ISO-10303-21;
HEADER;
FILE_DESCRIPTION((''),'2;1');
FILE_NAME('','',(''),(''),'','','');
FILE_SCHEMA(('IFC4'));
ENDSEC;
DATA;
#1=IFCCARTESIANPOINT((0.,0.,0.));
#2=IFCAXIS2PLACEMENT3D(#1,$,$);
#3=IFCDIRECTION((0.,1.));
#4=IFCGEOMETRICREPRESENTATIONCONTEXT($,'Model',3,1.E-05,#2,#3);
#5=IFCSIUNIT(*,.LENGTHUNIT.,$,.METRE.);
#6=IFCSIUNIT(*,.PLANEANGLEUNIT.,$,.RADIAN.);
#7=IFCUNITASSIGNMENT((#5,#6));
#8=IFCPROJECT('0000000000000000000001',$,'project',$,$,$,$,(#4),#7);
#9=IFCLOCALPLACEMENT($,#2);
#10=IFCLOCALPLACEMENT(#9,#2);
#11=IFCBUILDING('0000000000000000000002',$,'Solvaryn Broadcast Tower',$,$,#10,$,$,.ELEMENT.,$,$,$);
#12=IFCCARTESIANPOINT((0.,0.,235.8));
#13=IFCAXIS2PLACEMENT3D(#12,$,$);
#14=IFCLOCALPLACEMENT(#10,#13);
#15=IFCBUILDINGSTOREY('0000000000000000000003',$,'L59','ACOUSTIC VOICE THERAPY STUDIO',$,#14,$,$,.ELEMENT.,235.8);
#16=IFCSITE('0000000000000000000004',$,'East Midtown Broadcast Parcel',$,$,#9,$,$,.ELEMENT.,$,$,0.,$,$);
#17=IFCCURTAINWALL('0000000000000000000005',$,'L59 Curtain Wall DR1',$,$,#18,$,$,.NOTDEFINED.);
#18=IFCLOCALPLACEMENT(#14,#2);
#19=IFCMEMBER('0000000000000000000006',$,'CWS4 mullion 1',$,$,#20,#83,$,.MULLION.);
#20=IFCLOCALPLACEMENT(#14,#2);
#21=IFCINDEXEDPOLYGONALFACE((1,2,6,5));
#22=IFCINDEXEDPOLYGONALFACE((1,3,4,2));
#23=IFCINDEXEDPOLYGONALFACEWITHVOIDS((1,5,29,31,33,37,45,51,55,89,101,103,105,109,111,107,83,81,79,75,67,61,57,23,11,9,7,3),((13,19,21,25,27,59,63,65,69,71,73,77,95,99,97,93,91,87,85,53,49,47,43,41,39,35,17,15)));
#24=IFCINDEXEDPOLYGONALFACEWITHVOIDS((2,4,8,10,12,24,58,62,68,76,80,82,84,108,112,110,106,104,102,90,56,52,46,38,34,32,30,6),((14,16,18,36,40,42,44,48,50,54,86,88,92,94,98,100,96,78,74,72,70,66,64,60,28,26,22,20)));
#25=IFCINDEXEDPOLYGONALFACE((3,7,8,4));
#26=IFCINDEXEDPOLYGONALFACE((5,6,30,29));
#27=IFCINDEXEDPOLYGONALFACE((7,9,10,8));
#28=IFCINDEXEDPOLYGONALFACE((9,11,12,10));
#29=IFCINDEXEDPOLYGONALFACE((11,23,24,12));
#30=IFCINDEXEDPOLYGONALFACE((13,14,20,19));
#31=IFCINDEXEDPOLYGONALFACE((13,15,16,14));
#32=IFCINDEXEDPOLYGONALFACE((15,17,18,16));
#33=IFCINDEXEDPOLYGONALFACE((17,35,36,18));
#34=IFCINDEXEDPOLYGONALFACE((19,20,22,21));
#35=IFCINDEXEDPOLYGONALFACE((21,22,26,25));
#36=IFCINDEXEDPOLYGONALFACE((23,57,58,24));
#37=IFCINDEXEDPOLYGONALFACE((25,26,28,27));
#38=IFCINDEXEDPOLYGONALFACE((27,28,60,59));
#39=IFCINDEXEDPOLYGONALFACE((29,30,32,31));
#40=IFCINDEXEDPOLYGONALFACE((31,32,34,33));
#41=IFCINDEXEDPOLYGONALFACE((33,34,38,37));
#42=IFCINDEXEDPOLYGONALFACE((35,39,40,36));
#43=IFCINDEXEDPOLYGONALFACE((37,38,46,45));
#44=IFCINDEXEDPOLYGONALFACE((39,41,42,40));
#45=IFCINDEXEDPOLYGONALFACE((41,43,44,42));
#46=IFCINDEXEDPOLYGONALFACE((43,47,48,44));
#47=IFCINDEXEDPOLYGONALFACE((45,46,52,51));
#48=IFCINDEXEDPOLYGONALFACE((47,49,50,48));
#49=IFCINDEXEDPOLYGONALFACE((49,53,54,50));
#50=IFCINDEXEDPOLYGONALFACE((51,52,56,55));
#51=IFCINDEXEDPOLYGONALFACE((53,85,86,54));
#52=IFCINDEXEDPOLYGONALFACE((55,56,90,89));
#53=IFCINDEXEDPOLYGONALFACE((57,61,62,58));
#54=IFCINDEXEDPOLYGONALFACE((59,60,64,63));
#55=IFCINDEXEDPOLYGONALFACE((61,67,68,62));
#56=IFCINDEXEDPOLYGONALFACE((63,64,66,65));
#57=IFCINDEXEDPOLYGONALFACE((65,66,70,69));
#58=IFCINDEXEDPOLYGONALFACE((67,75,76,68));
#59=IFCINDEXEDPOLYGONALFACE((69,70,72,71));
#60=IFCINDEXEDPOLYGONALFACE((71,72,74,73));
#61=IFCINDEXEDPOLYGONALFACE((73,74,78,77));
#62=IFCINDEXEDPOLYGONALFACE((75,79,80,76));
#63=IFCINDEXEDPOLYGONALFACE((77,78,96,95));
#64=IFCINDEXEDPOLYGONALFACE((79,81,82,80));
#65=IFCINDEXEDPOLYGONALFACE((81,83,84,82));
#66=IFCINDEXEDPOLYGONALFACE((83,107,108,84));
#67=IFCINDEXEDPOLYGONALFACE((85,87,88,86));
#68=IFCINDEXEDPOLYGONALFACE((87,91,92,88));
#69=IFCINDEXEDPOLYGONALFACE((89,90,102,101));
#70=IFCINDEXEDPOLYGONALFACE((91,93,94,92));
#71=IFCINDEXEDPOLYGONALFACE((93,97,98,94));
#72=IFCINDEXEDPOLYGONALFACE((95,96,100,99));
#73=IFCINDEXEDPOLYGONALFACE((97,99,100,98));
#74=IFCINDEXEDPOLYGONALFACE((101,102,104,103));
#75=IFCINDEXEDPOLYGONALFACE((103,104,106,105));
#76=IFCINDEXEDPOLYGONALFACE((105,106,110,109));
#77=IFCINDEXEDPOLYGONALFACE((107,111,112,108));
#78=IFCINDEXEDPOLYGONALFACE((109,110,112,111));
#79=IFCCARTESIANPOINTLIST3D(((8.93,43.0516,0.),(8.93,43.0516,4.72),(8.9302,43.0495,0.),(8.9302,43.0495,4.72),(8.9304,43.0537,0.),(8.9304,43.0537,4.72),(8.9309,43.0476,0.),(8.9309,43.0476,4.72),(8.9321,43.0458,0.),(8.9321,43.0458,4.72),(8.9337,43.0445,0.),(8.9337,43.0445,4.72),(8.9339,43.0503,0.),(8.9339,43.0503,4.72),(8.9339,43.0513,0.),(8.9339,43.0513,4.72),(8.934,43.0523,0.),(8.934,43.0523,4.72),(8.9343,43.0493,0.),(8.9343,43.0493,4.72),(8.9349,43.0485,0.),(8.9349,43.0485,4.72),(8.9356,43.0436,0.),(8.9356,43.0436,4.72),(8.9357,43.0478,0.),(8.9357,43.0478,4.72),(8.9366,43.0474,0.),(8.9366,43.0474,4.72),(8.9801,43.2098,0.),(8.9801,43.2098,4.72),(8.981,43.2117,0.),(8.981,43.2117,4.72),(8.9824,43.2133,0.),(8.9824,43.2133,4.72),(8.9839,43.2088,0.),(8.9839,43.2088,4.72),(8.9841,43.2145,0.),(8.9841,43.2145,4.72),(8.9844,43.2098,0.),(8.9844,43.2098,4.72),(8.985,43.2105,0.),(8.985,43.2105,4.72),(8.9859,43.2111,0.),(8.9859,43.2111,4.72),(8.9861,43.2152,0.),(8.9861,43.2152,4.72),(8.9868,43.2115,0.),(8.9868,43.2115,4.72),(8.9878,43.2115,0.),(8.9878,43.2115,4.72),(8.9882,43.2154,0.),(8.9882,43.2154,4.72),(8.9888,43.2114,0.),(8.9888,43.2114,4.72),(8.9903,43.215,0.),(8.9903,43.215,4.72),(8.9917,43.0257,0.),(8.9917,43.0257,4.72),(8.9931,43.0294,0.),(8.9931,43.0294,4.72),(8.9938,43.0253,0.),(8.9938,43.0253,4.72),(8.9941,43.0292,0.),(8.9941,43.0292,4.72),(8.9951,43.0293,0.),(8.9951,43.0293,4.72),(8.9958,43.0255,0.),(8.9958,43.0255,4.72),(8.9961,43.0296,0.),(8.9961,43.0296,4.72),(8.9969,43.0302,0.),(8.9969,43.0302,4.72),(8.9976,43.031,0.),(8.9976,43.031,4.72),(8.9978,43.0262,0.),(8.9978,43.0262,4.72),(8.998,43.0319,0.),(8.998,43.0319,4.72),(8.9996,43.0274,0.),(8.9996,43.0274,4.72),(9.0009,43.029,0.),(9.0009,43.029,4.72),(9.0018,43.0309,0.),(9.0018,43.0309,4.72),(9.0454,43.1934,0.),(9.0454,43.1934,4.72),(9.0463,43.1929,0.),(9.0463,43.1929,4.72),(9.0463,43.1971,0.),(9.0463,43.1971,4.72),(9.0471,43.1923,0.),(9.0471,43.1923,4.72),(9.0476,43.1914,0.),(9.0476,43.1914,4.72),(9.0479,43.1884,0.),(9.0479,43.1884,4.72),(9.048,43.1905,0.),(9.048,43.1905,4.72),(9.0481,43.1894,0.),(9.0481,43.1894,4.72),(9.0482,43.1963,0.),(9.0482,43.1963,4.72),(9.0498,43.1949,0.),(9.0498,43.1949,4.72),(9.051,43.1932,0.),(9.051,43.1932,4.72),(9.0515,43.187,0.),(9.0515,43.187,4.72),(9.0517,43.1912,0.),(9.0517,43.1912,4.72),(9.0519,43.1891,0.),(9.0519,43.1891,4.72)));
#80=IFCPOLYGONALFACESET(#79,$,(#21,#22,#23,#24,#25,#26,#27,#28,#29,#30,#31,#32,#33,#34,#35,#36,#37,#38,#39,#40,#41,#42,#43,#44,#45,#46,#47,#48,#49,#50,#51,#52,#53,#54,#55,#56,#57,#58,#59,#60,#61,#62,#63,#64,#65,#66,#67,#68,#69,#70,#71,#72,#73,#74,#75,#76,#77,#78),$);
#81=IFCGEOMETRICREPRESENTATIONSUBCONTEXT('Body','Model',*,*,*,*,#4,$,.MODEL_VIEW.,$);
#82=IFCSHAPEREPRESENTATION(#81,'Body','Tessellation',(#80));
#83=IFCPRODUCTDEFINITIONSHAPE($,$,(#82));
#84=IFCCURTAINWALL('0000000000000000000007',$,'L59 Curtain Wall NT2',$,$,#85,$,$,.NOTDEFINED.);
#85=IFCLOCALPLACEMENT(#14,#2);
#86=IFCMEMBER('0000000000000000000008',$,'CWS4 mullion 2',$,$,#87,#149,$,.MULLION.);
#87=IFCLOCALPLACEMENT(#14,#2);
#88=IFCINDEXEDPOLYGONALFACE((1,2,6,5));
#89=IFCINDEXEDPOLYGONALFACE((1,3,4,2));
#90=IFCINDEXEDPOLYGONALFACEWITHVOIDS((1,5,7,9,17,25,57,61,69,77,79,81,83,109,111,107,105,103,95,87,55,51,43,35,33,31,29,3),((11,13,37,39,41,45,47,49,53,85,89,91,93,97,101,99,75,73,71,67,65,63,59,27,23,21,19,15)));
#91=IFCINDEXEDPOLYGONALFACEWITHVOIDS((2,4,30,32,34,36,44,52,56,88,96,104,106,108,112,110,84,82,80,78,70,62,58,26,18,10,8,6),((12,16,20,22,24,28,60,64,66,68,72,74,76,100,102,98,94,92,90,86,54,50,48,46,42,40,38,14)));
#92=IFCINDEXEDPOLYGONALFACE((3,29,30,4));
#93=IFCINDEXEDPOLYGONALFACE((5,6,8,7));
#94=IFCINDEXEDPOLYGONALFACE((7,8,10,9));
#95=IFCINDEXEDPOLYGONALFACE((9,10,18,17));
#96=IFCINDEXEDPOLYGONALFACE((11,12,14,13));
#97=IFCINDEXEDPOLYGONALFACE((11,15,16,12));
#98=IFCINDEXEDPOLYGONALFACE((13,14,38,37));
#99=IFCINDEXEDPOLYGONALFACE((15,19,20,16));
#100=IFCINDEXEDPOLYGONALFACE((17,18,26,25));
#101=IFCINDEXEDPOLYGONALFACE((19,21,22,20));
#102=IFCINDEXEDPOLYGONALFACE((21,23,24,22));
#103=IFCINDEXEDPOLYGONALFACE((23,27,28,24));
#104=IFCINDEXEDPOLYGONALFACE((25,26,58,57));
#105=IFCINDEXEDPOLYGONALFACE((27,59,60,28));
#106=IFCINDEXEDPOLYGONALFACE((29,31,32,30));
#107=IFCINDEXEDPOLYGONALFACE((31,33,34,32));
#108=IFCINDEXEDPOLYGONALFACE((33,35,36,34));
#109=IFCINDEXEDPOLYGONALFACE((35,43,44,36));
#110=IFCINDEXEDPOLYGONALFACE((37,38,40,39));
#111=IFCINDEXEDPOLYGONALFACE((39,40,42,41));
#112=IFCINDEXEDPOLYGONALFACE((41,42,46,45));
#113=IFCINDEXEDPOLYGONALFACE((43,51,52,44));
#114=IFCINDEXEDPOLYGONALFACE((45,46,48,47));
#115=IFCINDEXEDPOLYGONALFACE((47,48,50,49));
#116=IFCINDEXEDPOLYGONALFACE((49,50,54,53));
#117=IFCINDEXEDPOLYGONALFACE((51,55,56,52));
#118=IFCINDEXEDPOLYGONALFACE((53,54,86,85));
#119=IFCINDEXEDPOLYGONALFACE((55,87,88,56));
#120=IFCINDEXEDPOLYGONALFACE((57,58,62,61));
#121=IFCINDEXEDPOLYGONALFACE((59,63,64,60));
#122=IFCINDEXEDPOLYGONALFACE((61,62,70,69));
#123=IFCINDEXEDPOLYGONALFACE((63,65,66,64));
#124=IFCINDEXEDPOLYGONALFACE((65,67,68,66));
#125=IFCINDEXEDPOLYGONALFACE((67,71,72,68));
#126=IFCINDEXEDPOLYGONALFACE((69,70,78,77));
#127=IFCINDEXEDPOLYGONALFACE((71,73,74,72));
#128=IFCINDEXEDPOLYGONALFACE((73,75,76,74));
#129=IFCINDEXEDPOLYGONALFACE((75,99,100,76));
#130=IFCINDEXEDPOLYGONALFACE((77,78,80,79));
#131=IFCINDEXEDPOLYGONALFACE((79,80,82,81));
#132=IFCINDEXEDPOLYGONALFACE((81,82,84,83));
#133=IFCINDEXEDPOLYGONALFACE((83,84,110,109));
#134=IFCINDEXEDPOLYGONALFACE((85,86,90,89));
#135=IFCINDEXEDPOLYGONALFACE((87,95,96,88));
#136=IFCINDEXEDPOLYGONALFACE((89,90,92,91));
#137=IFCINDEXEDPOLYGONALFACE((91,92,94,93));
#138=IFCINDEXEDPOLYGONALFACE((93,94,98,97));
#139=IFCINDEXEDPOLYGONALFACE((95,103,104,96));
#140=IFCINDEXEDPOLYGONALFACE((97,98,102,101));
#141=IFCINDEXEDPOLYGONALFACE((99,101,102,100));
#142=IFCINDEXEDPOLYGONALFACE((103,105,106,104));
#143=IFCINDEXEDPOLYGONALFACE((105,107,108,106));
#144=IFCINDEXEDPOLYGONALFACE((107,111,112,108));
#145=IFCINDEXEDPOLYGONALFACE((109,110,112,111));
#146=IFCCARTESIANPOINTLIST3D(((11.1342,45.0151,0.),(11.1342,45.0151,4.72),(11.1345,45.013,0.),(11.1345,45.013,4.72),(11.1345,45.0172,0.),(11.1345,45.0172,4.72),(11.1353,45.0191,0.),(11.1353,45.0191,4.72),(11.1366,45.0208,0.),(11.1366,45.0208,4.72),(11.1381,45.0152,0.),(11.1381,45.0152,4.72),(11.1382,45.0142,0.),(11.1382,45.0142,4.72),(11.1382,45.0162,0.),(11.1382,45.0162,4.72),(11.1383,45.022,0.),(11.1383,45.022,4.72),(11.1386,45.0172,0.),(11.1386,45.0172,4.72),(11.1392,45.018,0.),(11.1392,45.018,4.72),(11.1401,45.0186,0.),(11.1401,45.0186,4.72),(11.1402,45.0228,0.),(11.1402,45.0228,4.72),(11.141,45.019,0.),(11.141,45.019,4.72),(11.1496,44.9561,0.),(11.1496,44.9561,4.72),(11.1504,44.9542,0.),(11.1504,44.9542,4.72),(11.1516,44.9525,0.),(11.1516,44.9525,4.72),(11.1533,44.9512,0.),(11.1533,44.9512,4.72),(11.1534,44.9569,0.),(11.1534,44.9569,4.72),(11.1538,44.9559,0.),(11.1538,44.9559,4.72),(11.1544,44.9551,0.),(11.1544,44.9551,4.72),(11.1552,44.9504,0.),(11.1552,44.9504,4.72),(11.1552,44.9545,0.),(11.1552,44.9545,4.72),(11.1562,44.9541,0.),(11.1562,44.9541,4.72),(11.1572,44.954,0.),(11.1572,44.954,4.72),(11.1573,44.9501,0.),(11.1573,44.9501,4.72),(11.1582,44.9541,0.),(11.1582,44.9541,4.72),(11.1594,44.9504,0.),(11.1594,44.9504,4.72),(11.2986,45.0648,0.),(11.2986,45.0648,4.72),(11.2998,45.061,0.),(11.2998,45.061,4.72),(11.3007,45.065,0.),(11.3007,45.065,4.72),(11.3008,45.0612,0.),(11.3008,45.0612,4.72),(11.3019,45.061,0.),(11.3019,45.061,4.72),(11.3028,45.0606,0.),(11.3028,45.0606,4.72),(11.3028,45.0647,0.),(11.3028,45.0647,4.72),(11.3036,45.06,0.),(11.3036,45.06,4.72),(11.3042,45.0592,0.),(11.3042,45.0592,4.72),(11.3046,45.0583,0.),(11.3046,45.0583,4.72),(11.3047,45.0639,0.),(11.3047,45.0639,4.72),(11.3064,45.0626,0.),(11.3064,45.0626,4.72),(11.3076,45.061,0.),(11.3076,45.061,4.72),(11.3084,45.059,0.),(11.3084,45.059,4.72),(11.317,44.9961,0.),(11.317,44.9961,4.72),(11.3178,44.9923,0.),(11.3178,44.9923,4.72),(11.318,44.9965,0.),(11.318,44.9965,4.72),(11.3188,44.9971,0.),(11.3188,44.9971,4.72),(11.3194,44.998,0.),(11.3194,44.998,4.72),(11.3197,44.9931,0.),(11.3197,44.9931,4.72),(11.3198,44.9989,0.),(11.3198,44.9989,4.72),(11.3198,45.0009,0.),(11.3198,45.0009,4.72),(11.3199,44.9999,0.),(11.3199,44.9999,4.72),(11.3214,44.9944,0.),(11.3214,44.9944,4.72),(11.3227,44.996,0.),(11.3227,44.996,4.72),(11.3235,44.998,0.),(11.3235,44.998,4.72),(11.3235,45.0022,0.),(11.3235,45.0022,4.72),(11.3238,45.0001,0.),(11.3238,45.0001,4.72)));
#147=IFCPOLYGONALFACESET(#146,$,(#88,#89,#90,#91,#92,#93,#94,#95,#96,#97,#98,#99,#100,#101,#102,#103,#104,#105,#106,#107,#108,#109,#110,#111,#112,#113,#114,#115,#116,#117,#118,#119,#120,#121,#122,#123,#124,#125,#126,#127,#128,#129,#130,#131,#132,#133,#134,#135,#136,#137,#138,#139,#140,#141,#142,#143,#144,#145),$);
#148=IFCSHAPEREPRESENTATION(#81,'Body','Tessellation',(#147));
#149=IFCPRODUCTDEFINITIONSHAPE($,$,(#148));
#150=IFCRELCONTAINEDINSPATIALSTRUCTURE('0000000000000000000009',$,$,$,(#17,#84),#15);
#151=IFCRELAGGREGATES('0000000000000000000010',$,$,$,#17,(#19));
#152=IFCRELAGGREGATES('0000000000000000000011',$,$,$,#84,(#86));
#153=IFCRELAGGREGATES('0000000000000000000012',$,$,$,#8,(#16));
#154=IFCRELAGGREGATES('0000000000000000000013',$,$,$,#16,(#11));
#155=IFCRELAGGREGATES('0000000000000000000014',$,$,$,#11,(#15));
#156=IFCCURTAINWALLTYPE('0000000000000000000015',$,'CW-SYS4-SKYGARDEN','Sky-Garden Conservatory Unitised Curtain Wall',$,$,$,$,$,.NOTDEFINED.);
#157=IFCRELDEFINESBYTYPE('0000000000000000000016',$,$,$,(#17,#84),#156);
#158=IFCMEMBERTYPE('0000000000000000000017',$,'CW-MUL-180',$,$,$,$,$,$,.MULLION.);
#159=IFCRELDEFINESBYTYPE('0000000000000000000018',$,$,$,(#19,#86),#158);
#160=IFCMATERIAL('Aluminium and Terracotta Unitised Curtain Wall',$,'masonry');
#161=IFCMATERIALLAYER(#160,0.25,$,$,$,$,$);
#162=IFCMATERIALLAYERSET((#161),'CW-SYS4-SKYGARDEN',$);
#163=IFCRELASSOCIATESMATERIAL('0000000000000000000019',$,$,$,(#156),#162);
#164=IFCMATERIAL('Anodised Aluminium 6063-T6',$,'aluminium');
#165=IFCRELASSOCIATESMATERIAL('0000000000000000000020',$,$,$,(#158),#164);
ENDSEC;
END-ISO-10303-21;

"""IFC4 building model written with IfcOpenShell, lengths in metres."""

from ifc_helpers import new_model, si_unit, direction, frame, origin, origin_2d, place, context, subcontext, project, spatial, hollow_rectangle, extrude, material, layer, layer_set, material_profile, profile_set, type_object, element, aggregate, save


model = new_model("IFC4")

# Units and contexts
model_context = context("Model", 3, precision=1e-05, world=origin(), true_north=direction((0.0, 1.0)))
body_context = subcontext(model_context, "Body", "Model", "MODEL_VIEW")
ifc_project = project(units=[si_unit("LENGTHUNIT", "METRE"), si_unit("PLANEANGLEUNIT", "RADIAN")], contexts=[model_context])

# Site, building, storey
site_placement = place(None, origin())
site = spatial("IfcSite", under=ifc_project, at=site_placement, Name="East Midtown Broadcast Parcel", CompositionType="ELEMENT", RefElevation=0.0)
building_placement = place(site_placement, origin())
building = spatial("IfcBuilding", under=site, at=building_placement, Name="Solvaryn Broadcast Tower", CompositionType="ELEMENT")
storey_placement = place(building_placement, frame((0.0, 0.0, 235.8)))
storey = spatial("IfcBuildingStorey", under=building, at=storey_placement, Name="L59", Description="ACOUSTIC VOICE THERAPY STUDIO", CompositionType="ELEMENT", Elevation=235.8)

# Curtain walls, members
ifc_material_1 = material(Name="Aluminium and Terracotta Unitised Curtain Wall", Category="masonry")
ifc_layer_1 = layer(ifc_material_1, 0.25)
ifc_layer_set_1 = layer_set([ifc_layer_1], Name="CW-SYS4-SKYGARDEN")
curtain_wall_type = type_object("IfcCurtainWallType", Name="CW-SYS4-SKYGARDEN", Description="Sky-Garden Conservatory Unitised Curtain Wall", PredefinedType="NOTDEFINED", material=ifc_layer_set_1)
curtain_wall_1_placement = place(storey_placement, origin())
curtain_wall_1 = element("IfcCurtainWall", 1, at=curtain_wall_1_placement, inside=storey, type_object=curtain_wall_type, Name="L59 Curtain Wall DR1", PredefinedType="NOTDEFINED")
ifc_material_2 = material(Name="Anodised Aluminium 6063-T6", Category="aluminium")
ifc_material_profile_1 = material_profile(ifc_material_2, hollow_rectangle(XDim=0.075, YDim=0.1799, WallThickness=0.0039, InnerFilletRadius=0.0039, OuterFilletRadius=0.0081, at=origin_2d()))
ifc_profile_set_1 = profile_set([ifc_material_profile_1], Name="Anodised Aluminium 6063-T6")
member_type_1 = type_object("IfcMemberType", Name="CW-MUL-180", PredefinedType="MULLION", material=ifc_profile_set_1)
member_1_placement = place(storey_placement, frame((8.991, 43.1204, 0.0), z_axis=(0.0, 0.0, 1.0), x_axis=(0.952795, -0.303616, 0.0)))
member_1 = element("IfcMember", 2, at=member_1_placement, type_object=member_type_1, Name="CWS4 mullion 1", PredefinedType="MULLION", context=body_context, shape_type="SweptSolid", body=[
    extrude(hollow_rectangle(XDim=0.075, YDim=0.1799, WallThickness=0.0039, InnerFilletRadius=0.0039, OuterFilletRadius=0.0081, at=origin_2d()), origin(), (0.0, 0.0, 1.0), 4.72),
])
curtain_wall_2_placement = place(storey_placement, origin())
curtain_wall_2 = element("IfcCurtainWall", 3, at=curtain_wall_2_placement, inside=storey, type_object=curtain_wall_type, Name="L59 Curtain Wall NT2", PredefinedType="NOTDEFINED")
member_2_placement = place(storey_placement, frame((11.229, 45.0076, 0.0), z_axis=(0.0, 0.0, 1.0), x_axis=(0.255893, -0.966705, 0.0)))
member_2 = element("IfcMember", 4, at=member_2_placement, type_object=member_type_1, Name="CWS4 mullion 2", PredefinedType="MULLION", context=body_context, shape_type="SweptSolid", body=[
    extrude(hollow_rectangle(XDim=0.075, YDim=0.1799, WallThickness=0.0039, InnerFilletRadius=0.0039, OuterFilletRadius=0.0081, at=origin_2d()), origin(), (0.0, 0.0, 1.0), 4.72),
])

aggregate(curtain_wall_1, [member_1])
aggregate(curtain_wall_2, [member_2])

save(model, "model.ifc")
